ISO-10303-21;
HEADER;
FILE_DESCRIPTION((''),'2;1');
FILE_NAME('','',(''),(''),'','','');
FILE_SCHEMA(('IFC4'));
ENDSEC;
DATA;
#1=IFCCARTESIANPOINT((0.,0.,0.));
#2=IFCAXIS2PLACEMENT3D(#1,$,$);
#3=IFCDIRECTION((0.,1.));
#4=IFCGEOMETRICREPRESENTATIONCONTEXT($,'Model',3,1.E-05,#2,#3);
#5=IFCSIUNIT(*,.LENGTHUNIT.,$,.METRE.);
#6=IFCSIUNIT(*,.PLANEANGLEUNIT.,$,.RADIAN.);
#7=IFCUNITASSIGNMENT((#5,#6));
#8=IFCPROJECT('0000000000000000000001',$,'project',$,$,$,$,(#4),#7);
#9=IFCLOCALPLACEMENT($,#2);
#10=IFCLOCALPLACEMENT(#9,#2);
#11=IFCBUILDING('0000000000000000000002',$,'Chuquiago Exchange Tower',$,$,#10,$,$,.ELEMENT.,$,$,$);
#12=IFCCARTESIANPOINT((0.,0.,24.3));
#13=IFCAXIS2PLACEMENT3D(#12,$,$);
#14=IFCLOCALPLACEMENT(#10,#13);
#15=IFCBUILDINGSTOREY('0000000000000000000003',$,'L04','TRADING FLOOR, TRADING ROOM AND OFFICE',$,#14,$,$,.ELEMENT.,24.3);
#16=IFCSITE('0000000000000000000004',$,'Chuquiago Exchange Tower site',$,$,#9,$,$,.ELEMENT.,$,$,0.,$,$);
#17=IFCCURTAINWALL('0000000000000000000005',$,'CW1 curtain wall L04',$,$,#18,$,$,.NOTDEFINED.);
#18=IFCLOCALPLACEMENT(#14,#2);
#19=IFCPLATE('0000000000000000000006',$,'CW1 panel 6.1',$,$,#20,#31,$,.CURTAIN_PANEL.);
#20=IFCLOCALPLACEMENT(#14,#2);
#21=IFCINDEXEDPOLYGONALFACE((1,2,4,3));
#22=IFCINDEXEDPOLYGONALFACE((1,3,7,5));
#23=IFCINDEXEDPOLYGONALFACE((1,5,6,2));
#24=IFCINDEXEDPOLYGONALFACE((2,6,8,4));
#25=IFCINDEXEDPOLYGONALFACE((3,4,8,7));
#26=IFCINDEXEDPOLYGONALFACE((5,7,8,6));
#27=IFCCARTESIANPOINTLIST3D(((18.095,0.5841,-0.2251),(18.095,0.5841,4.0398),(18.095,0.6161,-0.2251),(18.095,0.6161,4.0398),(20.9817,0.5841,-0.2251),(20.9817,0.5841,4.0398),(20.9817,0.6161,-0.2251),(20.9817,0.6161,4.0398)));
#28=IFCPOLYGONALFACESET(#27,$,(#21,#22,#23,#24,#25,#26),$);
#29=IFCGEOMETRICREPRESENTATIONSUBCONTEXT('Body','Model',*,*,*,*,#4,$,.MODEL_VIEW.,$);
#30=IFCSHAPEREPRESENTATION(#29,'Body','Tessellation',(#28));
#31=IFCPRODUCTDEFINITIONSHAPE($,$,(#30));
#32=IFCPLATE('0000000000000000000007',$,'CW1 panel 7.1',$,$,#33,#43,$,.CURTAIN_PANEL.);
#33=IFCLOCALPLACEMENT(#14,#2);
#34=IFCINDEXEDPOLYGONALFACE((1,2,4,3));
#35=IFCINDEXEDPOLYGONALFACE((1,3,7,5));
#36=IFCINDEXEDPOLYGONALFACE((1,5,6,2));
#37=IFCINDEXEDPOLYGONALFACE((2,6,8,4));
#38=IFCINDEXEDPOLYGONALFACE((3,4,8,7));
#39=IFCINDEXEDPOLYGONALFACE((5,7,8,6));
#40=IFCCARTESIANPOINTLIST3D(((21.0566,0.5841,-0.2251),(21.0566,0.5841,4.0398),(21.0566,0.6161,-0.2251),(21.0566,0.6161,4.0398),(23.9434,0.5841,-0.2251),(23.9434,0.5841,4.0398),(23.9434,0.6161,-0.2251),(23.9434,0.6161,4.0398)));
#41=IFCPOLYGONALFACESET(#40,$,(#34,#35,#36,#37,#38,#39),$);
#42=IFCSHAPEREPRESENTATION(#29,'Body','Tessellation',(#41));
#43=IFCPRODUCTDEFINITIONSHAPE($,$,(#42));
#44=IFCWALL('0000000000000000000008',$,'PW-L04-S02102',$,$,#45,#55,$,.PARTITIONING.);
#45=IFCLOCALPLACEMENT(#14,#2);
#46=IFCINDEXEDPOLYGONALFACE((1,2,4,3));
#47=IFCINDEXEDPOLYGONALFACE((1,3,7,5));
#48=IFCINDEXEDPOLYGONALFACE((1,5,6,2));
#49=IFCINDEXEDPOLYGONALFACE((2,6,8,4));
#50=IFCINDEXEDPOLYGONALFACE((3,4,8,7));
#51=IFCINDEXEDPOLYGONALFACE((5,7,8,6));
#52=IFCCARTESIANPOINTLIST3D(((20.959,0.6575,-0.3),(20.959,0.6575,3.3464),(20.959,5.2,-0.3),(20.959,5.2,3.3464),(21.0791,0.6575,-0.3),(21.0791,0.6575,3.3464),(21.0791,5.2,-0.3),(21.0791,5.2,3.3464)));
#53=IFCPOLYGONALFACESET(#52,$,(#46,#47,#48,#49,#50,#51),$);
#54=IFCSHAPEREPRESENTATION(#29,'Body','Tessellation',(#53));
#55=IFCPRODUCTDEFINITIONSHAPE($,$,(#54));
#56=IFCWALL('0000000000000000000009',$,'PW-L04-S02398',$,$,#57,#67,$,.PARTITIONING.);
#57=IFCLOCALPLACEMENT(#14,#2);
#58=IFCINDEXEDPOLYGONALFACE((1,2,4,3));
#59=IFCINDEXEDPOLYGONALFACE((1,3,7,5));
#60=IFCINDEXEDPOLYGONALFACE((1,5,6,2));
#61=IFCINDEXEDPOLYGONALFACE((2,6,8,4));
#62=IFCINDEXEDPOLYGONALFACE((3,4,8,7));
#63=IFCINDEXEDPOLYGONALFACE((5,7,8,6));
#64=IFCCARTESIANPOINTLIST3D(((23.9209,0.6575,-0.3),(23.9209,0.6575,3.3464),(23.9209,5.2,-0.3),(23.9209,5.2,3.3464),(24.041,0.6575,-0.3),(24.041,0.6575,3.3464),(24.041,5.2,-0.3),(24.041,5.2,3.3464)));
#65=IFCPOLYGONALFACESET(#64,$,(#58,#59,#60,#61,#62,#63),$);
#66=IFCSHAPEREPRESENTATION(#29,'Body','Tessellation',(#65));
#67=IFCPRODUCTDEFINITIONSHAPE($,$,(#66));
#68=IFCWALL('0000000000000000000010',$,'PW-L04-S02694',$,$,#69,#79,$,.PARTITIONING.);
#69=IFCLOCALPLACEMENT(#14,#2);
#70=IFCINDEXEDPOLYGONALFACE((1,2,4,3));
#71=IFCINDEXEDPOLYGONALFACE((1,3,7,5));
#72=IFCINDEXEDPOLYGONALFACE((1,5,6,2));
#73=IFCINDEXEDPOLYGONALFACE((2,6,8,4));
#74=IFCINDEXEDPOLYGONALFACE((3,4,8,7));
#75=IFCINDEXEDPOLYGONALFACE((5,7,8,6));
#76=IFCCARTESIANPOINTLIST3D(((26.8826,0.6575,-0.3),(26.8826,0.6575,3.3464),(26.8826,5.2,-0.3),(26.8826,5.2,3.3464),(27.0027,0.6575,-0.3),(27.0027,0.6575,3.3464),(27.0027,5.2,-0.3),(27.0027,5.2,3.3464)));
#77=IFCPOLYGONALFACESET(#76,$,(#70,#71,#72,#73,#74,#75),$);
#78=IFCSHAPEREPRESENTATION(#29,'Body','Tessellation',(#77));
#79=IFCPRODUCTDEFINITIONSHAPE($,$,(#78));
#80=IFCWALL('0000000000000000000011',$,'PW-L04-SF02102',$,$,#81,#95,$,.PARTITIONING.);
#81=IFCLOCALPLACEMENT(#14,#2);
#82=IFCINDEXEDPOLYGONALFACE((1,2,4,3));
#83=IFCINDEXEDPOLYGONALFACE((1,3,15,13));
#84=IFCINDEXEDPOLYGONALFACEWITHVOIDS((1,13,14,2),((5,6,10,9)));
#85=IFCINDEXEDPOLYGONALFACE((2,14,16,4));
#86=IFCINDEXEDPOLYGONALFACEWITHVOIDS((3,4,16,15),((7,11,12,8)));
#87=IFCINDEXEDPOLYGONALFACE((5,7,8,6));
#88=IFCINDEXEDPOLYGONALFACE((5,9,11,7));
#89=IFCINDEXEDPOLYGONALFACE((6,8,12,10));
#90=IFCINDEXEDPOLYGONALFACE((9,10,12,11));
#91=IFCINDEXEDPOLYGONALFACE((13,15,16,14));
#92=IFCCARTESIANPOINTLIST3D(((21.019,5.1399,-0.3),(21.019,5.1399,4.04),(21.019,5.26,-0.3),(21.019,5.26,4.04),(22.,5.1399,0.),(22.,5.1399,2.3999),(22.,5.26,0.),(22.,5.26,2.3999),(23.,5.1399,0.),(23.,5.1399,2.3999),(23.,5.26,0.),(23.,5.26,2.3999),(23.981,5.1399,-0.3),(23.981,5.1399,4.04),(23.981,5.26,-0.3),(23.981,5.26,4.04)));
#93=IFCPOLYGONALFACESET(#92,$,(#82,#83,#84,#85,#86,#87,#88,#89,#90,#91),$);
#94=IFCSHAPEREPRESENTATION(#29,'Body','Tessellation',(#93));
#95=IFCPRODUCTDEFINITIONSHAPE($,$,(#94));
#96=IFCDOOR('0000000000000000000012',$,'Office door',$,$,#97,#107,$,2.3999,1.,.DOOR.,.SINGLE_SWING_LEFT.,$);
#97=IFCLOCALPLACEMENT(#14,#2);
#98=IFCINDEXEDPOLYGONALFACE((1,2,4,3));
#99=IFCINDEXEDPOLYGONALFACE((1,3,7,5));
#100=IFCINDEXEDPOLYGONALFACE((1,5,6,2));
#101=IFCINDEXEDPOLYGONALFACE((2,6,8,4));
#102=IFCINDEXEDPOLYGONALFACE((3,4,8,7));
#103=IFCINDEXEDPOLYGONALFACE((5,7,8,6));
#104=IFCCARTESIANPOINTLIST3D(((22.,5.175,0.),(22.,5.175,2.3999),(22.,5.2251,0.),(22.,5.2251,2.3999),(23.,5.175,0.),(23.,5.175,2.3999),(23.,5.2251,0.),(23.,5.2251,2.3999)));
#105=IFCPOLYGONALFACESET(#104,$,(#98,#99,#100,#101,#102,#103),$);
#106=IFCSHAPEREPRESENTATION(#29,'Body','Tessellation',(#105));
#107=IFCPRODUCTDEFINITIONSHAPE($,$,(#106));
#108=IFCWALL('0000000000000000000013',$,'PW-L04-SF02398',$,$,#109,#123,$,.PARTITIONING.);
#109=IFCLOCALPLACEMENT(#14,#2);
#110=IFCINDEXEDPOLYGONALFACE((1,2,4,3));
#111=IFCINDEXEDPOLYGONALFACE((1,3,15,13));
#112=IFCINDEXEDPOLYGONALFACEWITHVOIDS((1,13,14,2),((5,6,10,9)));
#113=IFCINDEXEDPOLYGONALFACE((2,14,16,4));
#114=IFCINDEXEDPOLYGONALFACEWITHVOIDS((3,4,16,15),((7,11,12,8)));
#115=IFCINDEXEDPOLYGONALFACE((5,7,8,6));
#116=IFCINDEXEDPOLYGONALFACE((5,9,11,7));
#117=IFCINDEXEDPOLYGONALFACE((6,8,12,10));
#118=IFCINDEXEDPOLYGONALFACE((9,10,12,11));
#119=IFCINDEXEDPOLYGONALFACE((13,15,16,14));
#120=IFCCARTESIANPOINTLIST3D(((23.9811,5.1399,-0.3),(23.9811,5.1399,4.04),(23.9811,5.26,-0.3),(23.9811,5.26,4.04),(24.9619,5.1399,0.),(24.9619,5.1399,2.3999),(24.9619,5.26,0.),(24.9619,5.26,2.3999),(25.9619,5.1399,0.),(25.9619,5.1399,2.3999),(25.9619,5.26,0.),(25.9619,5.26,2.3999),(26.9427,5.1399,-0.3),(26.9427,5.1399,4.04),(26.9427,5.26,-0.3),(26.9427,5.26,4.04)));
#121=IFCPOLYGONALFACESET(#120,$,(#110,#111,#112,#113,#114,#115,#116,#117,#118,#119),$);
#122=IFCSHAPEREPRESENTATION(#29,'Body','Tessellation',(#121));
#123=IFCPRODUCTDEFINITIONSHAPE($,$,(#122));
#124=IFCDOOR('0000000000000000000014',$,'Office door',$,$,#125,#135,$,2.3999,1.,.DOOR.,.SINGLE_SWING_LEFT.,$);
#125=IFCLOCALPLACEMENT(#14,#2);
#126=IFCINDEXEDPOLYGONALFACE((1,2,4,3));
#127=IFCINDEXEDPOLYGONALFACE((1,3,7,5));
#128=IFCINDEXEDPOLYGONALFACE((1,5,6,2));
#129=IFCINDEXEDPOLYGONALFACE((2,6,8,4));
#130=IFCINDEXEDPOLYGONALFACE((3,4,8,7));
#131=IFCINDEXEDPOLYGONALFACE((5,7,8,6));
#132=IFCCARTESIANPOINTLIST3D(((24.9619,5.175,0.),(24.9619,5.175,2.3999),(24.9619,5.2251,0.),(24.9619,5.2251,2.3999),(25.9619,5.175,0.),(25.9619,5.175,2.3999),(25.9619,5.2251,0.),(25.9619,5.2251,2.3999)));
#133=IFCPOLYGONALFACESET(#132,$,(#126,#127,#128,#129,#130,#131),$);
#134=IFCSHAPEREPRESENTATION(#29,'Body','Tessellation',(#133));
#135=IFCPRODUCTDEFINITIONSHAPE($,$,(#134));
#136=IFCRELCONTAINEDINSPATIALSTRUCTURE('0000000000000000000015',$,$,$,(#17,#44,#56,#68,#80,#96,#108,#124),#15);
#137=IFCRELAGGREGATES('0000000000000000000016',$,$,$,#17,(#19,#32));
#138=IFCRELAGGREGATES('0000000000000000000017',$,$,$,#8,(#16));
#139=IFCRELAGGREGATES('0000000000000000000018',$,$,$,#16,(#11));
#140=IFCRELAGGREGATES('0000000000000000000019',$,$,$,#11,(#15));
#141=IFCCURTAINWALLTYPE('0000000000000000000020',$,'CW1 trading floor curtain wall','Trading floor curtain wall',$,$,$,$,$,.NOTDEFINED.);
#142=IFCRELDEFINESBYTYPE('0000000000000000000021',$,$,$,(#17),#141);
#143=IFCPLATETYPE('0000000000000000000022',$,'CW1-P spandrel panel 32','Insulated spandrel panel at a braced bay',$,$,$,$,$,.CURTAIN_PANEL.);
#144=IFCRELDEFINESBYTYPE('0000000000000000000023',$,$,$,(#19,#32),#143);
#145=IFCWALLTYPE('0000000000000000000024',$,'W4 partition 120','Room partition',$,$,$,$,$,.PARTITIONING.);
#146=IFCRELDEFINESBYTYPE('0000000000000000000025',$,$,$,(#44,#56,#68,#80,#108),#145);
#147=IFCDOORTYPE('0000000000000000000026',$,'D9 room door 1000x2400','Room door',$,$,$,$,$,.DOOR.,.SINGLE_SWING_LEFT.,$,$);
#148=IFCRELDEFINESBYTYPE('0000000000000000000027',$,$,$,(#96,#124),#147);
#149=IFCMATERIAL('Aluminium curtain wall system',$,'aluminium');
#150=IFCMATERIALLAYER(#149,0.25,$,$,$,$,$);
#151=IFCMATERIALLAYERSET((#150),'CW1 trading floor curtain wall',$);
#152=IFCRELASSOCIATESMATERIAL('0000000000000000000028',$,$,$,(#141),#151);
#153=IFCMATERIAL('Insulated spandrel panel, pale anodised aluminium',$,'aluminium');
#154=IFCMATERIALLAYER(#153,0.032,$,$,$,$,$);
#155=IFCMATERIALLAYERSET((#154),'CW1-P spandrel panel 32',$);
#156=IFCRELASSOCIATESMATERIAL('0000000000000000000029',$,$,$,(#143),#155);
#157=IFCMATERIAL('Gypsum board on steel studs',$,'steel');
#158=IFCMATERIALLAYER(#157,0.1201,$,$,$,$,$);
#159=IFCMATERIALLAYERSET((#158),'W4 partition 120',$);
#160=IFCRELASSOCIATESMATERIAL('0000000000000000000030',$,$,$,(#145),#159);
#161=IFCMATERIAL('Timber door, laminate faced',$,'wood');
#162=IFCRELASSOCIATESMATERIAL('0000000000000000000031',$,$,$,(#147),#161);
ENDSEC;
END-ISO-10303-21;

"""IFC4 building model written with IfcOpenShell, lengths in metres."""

from ifc_helpers import new_model, si_unit, direction, frame, frame_2d, origin, origin_2d, place, context, subcontext, project, spatial, rectangle, extrude, material, layer, layer_set, type_object, element, fill, aggregate, save


model = new_model("IFC4")

# Units and contexts
model_context = context("Model", 3, precision=1e-05, world=origin(), true_north=direction((0.0, 1.0)))
body_context = subcontext(model_context, "Body", "Model", "MODEL_VIEW")
ifc_project = project(units=[si_unit("LENGTHUNIT", "METRE"), si_unit("PLANEANGLEUNIT", "RADIAN")], contexts=[model_context])

# Site, building, storey
site_placement = place(None, origin())
site = spatial("IfcSite", under=ifc_project, at=site_placement, Name="Chuquiago Exchange Tower site", CompositionType="ELEMENT", RefElevation=0.0)
building_placement = place(site_placement, origin())
building = spatial("IfcBuilding", under=site, at=building_placement, Name="Chuquiago Exchange Tower", CompositionType="ELEMENT")
storey_placement = place(building_placement, frame((0.0, 0.0, 24.3)))
storey = spatial("IfcBuildingStorey", under=building, at=storey_placement, Name="L04", Description="TRADING FLOOR, TRADING ROOM AND OFFICE", CompositionType="ELEMENT", Elevation=24.3)

# Curtain wall
ifc_material_1 = material(Name="Aluminium curtain wall system", Category="aluminium")
ifc_layer_1 = layer(ifc_material_1, 0.25)
ifc_layer_set_1 = layer_set([ifc_layer_1], Name="CW1 trading floor curtain wall")
curtain_wall_type = type_object("IfcCurtainWallType", Name="CW1 trading floor curtain wall", Description="Trading floor curtain wall", PredefinedType="NOTDEFINED", material=ifc_layer_set_1)
curtain_wall_placement = place(storey_placement, origin())
curtain_wall = element("IfcCurtainWall", 1, at=curtain_wall_placement, inside=storey, type_object=curtain_wall_type, Name="CW1 curtain wall L04", PredefinedType="NOTDEFINED")

# Plates
ifc_material_2 = material(Name="Insulated spandrel panel, pale anodised aluminium", Category="aluminium")
ifc_layer_2 = layer(ifc_material_2, 0.032)
ifc_layer_set_2 = layer_set([ifc_layer_2], Name="CW1-P spandrel panel 32")
plate_type_1 = type_object("IfcPlateType", Name="CW1-P spandrel panel 32", Description="Insulated spandrel panel at a braced bay", PredefinedType="CURTAIN_PANEL", material=ifc_layer_set_2)
plate_1_placement = place(storey_placement, frame((19.5383, 0.6001, -0.2251), z_axis=(0.0, 0.0, 1.0), x_axis=(1.0, 0.0, 0.0)))
plate_1 = element("IfcPlate", 2, at=plate_1_placement, type_object=plate_type_1, Name="CW1 panel 6.1", PredefinedType="CURTAIN_PANEL", context=body_context, shape_type="SweptSolid", body=[
    extrude(rectangle(XDim=2.8867, YDim=0.032, at=origin_2d()), origin(), (0.0, 0.0, 1.0), 4.2649),
])
plate_2_placement = place(storey_placement, frame((22.5, 0.6001, -0.2251), z_axis=(0.0, 0.0, 1.0), x_axis=(1.0, 0.0, 0.0)))
plate_2 = element("IfcPlate", 3, at=plate_2_placement, type_object=plate_type_1, Name="CW1 panel 7.1", PredefinedType="CURTAIN_PANEL", context=body_context, shape_type="SweptSolid", body=[
    extrude(rectangle(XDim=2.8867, YDim=0.032, at=origin_2d()), origin(), (0.0, 0.0, 1.0), 4.2649),
])
aggregate(curtain_wall, [plate_1, plate_2])

# Walls
ifc_material_3 = material(Name="Gypsum board on steel studs", Category="steel")
ifc_layer_3 = layer(ifc_material_3, 0.1201)
ifc_layer_set_3 = layer_set([ifc_layer_3], Name="W4 partition 120")
wall_type = type_object("IfcWallType", Name="W4 partition 120", Description="Room partition", PredefinedType="PARTITIONING", material=ifc_layer_set_3)
for number, where, z_axis, x_axis, name in (
    (4, (21.019, 0.6575, -0.3), (0.0, 0.0, 1.0), (0.0, 1.0, 0.0), "PW-L04-S02102"),
    (5, (23.981, 0.6575, -0.3), (0.0, 0.0, 1.0), (0.0, 1.0, 0.0), "PW-L04-S02398"),
    (6, (26.9426, 0.6575, -0.3), (0.0, 0.0, 1.0), (0.0, 1.0, 0.0), "PW-L04-S02694"),
):
    element("IfcWall", number, at=place(storey_placement, frame(where, z_axis=z_axis, x_axis=x_axis)), inside=storey, type_object=wall_type, Name=name, PredefinedType="PARTITIONING", context=body_context, shape_type="SweptSolid", body=[
        extrude(rectangle(XDim=4.5425, YDim=0.1201, at=frame_2d((2.2712, 0.0))), origin(), (0.0, 0.0, 1.0), 3.6465),
    ])

# Walls, openings, doors
wall_1_placement = place(storey_placement, frame((21.019, 5.2, -0.3), z_axis=(0.0, 0.0, 1.0), x_axis=(1.0, 0.0, 0.0)))
wall_1 = element("IfcWall", 7, at=wall_1_placement, inside=storey, type_object=wall_type, Name="PW-L04-SF02102", PredefinedType="PARTITIONING", context=body_context, shape_type="SweptSolid", body=[
    extrude(rectangle(XDim=2.9619, YDim=0.1201, at=frame_2d((1.481, 0.0))), origin(), (0.0, 0.0, 1.0), 4.3401),
])
opening_1_placement = place(wall_1_placement, frame((0.981, 0.0, 0.3)))
opening_1 = element("IfcOpeningElement", 8, at=opening_1_placement, cuts=wall_1, PredefinedType="OPENING", context=body_context, shape_type="SweptSolid", body=[
    extrude(rectangle(XDim=1.0, YDim=2.3999, at=frame_2d((0.5, 1.2))), frame((0.0, 0.0701, 0.0), z_axis=(0.0, -1.0, 0.0), x_axis=(1.0, 0.0, 0.0)), (0.0, 0.0, 1.0), 0.1401),
])
ifc_material_4 = material(Name="Timber door, laminate faced", Category="wood")
door_type = type_object("IfcDoorType", Name="D9 room door 1000x2400", Description="Room door", OperationType="SINGLE_SWING_LEFT", PredefinedType="DOOR", material=ifc_material_4)
door_1_placement = place(opening_1_placement, frame((1.0, 0.0, 0.0), z_axis=(0.0, 0.0, 1.0), x_axis=(-1.0, 0.0, 0.0)))
door_1 = element("IfcDoor", 9, at=door_1_placement, inside=storey, type_object=door_type, Name="Office door", OperationType="SINGLE_SWING_LEFT", OverallHeight=2.3999, OverallWidth=1.0, PredefinedType="DOOR", context=body_context, shape_type="SweptSolid", body=[
    extrude(rectangle(XDim=1.0, YDim=2.3999, at=frame_2d((0.5, 1.2))), frame((0.0, 0.0249, 0.0), z_axis=(0.0, -1.0, 0.0), x_axis=(1.0, 0.0, 0.0)), (0.0, 0.0, 1.0), 0.05),
])
fill(opening_1, door_1)
wall_2_placement = place(storey_placement, frame((23.981, 5.2, -0.3), z_axis=(0.0, 0.0, 1.0), x_axis=(1.0, 0.0, 0.0)))
wall_2 = element("IfcWall", 10, at=wall_2_placement, inside=storey, type_object=wall_type, Name="PW-L04-SF02398", PredefinedType="PARTITIONING", context=body_context, shape_type="SweptSolid", body=[
    extrude(rectangle(XDim=2.9617, YDim=0.1201, at=frame_2d((1.481, 0.0))), origin(), (0.0, 0.0, 1.0), 4.3401),
])
opening_2_placement = place(wall_2_placement, frame((0.981, 0.0, 0.3)))
opening_2 = element("IfcOpeningElement", 11, at=opening_2_placement, cuts=wall_2, PredefinedType="OPENING", context=body_context, shape_type="SweptSolid", body=[
    extrude(rectangle(XDim=1.0, YDim=2.3999, at=frame_2d((0.5, 1.2))), frame((0.0, 0.0701, 0.0), z_axis=(0.0, -1.0, 0.0), x_axis=(1.0, 0.0, 0.0)), (0.0, 0.0, 1.0), 0.1401),
])
door_2_placement = place(opening_2_placement, frame((1.0, 0.0, 0.0), z_axis=(0.0, 0.0, 1.0), x_axis=(-1.0, 0.0, 0.0)))
door_2 = element("IfcDoor", 12, at=door_2_placement, inside=storey, type_object=door_type, Name="Office door", OperationType="SINGLE_SWING_LEFT", OverallHeight=2.3999, OverallWidth=1.0, PredefinedType="DOOR", context=body_context, shape_type="SweptSolid", body=[
    extrude(rectangle(XDim=1.0, YDim=2.3999, at=frame_2d((0.5, 1.2))), frame((0.0, 0.0249, 0.0), z_axis=(0.0, -1.0, 0.0), x_axis=(1.0, 0.0, 0.0)), (0.0, 0.0, 1.0), 0.05),
])
fill(opening_2, door_2)

save(model, "model.ifc")
